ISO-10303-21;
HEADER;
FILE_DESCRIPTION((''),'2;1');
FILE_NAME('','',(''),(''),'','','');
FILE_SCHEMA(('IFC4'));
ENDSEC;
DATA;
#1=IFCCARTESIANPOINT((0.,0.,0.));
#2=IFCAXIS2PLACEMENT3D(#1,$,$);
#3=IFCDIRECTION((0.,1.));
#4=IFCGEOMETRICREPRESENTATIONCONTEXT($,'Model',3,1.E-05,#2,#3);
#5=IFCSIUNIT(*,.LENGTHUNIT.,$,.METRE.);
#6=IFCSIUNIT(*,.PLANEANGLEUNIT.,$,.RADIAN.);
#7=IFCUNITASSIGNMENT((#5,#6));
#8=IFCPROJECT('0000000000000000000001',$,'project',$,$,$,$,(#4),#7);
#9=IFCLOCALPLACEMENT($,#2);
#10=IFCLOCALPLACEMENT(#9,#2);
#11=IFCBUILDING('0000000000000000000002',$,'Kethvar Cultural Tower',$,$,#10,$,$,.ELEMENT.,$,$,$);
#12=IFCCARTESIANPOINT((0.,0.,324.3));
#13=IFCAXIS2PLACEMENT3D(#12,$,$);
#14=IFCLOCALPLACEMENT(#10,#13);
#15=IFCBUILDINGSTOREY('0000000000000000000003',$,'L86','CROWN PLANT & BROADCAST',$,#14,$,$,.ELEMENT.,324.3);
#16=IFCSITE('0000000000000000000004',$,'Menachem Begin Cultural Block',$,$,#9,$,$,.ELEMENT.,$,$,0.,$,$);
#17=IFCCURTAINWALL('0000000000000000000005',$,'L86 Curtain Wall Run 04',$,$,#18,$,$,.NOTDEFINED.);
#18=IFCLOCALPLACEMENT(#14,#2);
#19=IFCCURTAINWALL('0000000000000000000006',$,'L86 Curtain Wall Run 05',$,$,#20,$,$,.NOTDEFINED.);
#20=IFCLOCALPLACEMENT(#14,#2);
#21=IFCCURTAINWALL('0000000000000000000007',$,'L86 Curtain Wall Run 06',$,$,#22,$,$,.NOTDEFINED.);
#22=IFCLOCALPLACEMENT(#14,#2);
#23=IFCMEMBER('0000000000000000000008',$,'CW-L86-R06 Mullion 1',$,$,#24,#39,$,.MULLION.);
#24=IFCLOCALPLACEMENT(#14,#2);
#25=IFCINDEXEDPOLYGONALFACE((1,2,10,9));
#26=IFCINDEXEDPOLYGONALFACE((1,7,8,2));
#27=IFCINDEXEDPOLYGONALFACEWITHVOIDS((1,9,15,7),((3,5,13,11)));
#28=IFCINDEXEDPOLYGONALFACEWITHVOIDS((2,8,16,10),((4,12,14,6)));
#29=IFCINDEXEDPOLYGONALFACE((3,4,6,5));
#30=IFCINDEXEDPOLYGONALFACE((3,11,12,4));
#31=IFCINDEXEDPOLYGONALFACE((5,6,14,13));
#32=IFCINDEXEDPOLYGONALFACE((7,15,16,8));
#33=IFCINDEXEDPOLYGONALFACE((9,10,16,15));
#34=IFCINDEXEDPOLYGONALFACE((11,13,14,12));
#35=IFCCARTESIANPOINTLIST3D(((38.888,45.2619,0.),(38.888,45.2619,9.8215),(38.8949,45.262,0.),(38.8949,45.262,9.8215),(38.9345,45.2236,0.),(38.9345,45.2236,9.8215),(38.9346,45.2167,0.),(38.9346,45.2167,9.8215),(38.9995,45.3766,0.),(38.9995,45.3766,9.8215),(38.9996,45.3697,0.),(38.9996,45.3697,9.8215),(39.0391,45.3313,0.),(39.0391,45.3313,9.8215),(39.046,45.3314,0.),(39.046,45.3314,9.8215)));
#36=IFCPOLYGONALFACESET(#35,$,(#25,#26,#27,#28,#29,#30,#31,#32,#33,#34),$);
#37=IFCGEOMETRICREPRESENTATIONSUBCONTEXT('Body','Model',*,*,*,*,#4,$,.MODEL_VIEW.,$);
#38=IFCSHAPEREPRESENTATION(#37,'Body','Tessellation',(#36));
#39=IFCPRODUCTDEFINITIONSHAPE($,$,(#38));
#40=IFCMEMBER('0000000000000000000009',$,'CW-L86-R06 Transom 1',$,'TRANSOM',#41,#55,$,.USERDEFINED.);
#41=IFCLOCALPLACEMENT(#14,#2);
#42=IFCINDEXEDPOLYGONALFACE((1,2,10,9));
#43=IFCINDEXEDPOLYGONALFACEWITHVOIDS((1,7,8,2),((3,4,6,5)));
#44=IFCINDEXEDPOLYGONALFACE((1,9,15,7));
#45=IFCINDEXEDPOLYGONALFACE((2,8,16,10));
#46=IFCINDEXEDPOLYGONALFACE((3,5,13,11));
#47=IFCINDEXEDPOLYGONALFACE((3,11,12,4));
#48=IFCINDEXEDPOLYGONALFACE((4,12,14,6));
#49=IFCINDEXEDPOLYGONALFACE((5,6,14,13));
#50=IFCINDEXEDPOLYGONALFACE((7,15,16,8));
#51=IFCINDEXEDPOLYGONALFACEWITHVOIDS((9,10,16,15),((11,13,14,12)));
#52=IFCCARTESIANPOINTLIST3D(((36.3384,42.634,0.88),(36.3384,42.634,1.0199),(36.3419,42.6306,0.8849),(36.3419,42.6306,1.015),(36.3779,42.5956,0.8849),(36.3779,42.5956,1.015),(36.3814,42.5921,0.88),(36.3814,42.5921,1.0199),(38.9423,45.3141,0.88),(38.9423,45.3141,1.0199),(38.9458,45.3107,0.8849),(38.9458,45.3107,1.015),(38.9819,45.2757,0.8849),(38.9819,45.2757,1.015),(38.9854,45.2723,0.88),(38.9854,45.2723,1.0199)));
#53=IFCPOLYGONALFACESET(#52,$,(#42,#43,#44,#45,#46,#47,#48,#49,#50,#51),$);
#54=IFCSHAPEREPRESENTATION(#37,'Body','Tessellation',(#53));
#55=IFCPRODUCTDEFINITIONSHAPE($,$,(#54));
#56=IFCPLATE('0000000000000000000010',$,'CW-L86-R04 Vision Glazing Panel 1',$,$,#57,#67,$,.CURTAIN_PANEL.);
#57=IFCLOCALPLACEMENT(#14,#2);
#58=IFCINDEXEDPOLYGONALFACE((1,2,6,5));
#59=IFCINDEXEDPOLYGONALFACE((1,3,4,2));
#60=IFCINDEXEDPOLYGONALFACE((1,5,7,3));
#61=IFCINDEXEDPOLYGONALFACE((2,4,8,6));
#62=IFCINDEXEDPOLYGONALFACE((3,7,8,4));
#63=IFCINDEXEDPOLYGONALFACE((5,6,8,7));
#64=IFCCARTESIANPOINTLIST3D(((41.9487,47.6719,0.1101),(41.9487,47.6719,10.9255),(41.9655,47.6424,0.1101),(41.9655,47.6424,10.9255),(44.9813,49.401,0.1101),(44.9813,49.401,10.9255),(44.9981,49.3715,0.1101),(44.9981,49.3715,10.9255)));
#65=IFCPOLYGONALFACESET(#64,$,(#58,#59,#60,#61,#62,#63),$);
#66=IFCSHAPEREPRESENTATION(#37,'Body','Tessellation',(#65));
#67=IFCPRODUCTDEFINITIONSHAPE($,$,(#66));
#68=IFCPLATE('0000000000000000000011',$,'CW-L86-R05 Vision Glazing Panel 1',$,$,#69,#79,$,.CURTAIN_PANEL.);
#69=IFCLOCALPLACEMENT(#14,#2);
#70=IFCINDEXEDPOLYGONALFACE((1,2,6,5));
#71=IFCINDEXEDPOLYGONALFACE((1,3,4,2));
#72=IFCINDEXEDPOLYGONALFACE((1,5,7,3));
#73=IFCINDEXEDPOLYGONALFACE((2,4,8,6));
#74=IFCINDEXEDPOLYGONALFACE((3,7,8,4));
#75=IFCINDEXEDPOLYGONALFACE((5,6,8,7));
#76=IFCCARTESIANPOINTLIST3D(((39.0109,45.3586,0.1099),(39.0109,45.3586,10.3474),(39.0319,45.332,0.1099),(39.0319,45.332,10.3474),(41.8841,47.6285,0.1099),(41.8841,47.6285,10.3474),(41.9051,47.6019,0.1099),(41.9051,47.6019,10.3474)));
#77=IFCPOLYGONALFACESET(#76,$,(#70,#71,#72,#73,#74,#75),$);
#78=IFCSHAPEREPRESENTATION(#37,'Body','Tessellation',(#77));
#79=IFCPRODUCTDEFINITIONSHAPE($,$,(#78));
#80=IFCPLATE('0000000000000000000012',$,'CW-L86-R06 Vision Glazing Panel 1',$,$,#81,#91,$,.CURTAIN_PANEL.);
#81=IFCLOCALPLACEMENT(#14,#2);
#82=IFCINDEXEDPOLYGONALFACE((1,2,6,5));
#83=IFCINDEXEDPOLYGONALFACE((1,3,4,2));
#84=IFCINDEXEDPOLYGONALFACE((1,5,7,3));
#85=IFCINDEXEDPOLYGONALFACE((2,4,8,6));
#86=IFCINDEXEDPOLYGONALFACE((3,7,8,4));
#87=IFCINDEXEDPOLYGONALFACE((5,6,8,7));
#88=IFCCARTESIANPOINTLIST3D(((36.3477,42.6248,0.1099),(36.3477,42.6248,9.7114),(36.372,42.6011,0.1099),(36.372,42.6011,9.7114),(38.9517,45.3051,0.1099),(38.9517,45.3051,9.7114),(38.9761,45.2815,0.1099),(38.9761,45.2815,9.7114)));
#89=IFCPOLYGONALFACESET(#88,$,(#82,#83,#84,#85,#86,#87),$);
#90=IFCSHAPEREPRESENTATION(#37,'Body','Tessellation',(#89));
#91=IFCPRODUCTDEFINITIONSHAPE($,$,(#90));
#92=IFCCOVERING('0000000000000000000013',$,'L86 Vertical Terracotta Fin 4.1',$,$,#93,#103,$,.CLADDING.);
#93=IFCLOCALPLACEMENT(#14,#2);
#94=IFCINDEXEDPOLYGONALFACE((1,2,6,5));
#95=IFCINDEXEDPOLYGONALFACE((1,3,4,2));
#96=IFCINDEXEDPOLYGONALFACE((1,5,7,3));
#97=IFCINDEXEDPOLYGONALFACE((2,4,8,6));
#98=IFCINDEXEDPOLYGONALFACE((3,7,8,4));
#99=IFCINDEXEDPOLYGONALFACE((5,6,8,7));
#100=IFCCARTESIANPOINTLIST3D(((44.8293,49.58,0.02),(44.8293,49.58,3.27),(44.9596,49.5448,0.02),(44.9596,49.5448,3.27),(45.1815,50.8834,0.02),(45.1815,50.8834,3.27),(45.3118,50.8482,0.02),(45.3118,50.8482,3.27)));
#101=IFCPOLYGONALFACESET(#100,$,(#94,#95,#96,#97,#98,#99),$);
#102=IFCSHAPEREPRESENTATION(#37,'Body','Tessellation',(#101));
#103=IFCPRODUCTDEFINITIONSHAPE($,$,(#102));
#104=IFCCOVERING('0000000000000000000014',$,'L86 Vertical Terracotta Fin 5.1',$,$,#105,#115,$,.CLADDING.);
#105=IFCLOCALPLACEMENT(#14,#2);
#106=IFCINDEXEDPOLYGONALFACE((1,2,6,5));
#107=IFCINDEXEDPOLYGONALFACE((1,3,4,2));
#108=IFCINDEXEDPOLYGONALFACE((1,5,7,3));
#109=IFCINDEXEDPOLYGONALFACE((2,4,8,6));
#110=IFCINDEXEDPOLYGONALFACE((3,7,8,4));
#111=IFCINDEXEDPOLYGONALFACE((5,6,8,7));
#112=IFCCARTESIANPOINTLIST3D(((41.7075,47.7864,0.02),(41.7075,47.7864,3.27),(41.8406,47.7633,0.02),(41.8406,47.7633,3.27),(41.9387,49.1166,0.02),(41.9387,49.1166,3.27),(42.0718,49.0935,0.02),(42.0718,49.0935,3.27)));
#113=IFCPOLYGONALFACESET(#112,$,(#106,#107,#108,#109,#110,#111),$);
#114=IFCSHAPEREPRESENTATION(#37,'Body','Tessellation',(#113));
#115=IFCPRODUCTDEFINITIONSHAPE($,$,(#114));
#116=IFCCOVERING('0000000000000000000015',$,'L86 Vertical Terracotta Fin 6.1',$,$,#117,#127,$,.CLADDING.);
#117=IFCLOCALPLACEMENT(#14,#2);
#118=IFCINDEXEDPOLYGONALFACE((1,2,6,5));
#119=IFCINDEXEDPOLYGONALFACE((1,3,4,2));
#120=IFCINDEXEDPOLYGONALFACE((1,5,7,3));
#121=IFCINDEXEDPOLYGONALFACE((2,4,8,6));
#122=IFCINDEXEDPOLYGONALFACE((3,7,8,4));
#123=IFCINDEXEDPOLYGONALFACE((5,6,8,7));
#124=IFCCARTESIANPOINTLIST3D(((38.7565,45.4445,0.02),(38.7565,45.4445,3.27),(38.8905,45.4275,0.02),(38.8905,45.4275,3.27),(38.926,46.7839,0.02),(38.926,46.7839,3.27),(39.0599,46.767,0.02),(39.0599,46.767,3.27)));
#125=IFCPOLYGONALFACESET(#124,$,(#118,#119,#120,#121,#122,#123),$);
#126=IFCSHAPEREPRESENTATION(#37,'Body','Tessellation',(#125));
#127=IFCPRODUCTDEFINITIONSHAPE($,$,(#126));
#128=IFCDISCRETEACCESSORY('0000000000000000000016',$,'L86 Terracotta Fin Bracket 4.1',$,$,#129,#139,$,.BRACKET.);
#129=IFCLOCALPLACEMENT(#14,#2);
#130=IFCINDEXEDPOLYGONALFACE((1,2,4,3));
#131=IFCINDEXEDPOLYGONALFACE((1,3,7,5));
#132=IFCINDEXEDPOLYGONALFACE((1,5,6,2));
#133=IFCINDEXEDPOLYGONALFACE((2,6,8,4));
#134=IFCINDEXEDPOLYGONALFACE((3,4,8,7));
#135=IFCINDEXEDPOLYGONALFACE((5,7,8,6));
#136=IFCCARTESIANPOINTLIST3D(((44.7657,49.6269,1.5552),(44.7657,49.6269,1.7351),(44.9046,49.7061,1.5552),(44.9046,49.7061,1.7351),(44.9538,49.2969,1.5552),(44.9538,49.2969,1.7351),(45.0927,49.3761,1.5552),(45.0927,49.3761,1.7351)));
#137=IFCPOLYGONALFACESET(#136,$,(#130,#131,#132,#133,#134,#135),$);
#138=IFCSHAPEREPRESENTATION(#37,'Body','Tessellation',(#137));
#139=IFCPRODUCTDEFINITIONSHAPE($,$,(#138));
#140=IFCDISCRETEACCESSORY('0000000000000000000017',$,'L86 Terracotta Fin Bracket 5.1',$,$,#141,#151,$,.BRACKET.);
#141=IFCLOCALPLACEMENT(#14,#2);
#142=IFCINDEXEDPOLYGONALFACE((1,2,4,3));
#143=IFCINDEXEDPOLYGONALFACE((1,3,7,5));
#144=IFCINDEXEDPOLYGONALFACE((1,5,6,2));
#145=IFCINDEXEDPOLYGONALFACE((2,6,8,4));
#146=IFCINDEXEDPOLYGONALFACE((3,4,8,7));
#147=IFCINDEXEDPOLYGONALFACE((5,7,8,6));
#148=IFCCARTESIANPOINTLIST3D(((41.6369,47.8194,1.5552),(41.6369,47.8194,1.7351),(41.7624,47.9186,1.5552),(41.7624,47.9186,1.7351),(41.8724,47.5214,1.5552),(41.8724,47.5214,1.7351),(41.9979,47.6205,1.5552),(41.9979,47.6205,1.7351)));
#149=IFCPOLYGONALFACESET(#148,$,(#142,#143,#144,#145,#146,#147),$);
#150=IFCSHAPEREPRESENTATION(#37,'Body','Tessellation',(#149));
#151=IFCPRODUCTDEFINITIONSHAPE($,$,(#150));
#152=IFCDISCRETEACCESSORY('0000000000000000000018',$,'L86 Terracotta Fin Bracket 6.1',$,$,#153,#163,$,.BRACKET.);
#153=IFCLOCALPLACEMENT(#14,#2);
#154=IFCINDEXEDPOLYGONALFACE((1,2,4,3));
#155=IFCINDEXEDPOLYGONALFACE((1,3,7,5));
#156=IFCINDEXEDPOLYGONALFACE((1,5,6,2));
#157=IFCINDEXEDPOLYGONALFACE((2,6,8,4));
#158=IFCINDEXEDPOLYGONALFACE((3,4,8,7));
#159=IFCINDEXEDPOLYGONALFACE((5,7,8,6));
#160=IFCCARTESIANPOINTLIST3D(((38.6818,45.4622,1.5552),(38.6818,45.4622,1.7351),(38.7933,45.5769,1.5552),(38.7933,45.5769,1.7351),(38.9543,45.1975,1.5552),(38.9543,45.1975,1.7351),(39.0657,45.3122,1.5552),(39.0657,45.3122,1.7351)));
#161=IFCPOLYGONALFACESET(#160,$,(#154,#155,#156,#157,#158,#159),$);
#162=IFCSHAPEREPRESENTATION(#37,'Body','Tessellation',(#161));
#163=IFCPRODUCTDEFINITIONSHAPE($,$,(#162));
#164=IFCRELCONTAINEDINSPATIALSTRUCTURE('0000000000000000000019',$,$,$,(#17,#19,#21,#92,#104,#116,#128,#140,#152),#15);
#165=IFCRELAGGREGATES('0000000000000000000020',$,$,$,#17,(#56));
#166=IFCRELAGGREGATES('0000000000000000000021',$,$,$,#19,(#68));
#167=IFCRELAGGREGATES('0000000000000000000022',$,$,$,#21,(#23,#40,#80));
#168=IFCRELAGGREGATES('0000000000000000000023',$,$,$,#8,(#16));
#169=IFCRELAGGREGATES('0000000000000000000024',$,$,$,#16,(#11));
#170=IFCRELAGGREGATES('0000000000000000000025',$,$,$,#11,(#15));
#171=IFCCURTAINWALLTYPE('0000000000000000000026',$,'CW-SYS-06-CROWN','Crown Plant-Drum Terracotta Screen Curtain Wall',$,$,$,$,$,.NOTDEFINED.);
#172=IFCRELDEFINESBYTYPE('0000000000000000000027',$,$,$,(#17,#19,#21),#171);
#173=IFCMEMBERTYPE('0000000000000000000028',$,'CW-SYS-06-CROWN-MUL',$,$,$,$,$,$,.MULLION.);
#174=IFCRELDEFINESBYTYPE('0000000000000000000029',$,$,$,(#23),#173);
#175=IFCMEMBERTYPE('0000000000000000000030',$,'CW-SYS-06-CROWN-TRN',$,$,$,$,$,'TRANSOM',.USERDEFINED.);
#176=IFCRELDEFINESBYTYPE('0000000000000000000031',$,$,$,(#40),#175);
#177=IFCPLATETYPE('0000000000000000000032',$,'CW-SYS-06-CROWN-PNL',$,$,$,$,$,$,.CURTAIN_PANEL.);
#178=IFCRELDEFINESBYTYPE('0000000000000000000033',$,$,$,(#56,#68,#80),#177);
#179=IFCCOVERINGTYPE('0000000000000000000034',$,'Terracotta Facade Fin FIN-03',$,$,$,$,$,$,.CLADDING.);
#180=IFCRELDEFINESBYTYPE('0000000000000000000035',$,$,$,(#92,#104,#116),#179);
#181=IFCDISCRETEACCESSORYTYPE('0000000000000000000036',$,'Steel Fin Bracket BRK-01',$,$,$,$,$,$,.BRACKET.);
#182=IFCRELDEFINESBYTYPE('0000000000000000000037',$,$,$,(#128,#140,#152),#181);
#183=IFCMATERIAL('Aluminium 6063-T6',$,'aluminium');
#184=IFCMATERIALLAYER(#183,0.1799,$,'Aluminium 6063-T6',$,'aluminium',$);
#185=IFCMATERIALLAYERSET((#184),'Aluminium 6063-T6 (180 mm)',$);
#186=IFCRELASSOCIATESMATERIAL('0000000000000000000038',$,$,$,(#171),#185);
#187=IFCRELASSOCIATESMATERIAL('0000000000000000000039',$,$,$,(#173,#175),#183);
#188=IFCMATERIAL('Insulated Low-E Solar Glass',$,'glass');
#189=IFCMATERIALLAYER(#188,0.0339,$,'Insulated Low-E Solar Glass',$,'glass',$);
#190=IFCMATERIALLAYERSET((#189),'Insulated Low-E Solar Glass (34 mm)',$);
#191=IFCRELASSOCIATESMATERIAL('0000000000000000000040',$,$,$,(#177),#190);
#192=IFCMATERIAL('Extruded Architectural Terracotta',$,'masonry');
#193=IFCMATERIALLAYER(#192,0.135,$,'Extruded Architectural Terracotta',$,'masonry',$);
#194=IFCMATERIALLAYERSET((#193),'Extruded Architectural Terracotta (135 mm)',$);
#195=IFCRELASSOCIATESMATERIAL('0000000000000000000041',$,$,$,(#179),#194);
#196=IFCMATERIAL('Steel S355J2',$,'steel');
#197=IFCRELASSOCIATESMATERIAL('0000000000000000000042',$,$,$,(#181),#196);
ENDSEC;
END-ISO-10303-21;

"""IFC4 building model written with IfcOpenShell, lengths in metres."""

from ifc_helpers import new_model, si_unit, direction, frame, origin, origin_2d, place, context, subcontext, project, spatial, rectangle, hollow_rectangle, extrude, source, transform, mapped, material, layer, layer_set, material_profile, profile_set, type_object, element, aggregate, save


model = new_model("IFC4")

# Units and contexts
model_context = context("Model", 3, precision=1e-05, world=origin(), true_north=direction((0.0, 1.0)))
body_context = subcontext(model_context, "Body", "Model", "MODEL_VIEW")
ifc_project = project(units=[si_unit("LENGTHUNIT", "METRE"), si_unit("PLANEANGLEUNIT", "RADIAN")], contexts=[model_context])

# Site, building, storey
site_placement = place(None, origin())
site = spatial("IfcSite", under=ifc_project, at=site_placement, Name="Menachem Begin Cultural Block", CompositionType="ELEMENT", RefElevation=0.0)
building_placement = place(site_placement, origin())
building = spatial("IfcBuilding", under=site, at=building_placement, Name="Kethvar Cultural Tower", CompositionType="ELEMENT")
storey_placement = place(building_placement, frame((0.0, 0.0, 324.3)))
storey = spatial("IfcBuildingStorey", under=building, at=storey_placement, Name="L86", Description="CROWN PLANT & BROADCAST", CompositionType="ELEMENT", Elevation=324.3)

# Shared definitions
ifc_material_1 = material(Name="Steel S355J2", Category="steel")

# Shared definitions
ifc_material_2 = material(Name="Aluminium 6063-T6", Category="aluminium")
ifc_layer_1 = layer(ifc_material_2, 0.1799, Name="Aluminium 6063-T6", Category="aluminium")
ifc_layer_set_1 = layer_set([ifc_layer_1], Name="Aluminium 6063-T6 (180 mm)")
curtain_wall_type = type_object("IfcCurtainWallType", Name="CW-SYS-06-CROWN", Description="Crown Plant-Drum Terracotta Screen Curtain Wall", PredefinedType="NOTDEFINED", material=ifc_layer_set_1)
ifc_material_profile_1 = material_profile(ifc_material_2, hollow_rectangle(XDim=0.0649, YDim=0.1599, WallThickness=0.0049, at=origin_2d()), Name="Aluminium 6063-T6 — RHS160x65x5")
ifc_profile_set_1 = profile_set([ifc_material_profile_1], Name="Aluminium 6063-T6 — RHS160x65x5")
member_type_1 = type_object("IfcMemberType", Name="CW-SYS-06-CROWN-MUL", PredefinedType="MULLION", material=ifc_profile_set_1)

# Curtain walls, members
curtain_wall_1_placement = place(storey_placement, origin())
curtain_wall_1 = element("IfcCurtainWall", 1, at=curtain_wall_1_placement, inside=storey, type_object=curtain_wall_type, Name="L86 Curtain Wall Run 04", PredefinedType="NOTDEFINED")
ifc_material_profile_2 = material_profile(ifc_material_2, hollow_rectangle(XDim=0.0601, YDim=0.1399, WallThickness=0.0049, at=origin_2d()), Name="Aluminium 6063-T6 — RHS140x60x5")
ifc_profile_set_2 = profile_set([ifc_material_profile_2], Name="Aluminium 6063-T6 — RHS140x60x5")
member_type_2 = type_object("IfcMemberType", Name="CW-SYS-06-CROWN-TRN", ElementType="TRANSOM", PredefinedType="USERDEFINED", material=ifc_profile_set_2)
curtain_wall_2_placement = place(storey_placement, origin())
curtain_wall_2 = element("IfcCurtainWall", 2, at=curtain_wall_2_placement, inside=storey, type_object=curtain_wall_type, Name="L86 Curtain Wall Run 05", PredefinedType="NOTDEFINED")
curtain_wall_3_placement = place(storey_placement, origin())
curtain_wall_3 = element("IfcCurtainWall", 3, at=curtain_wall_3_placement, inside=storey, type_object=curtain_wall_type, Name="L86 Curtain Wall Run 06", PredefinedType="NOTDEFINED")
shared_shape_1 = source(origin(), body_context, "Body", "SweptSolid", [
    extrude(hollow_rectangle(XDim=0.0649, YDim=0.1599, WallThickness=0.0049, at=origin_2d()), origin(), (0.0, 0.0, 1.0), 9.8215),
])
member_1_placement = place(storey_placement, frame((38.967, 45.2966, 0.0), z_axis=(0.0, 0.0, 1.0), x_axis=(0.717239, -0.696827, 0.0)))
member_1 = element("IfcMember", 4, at=member_1_placement, type_object=member_type_1, Name="CW-L86-R06 Mullion 1", PredefinedType="MULLION", context=body_context, shape_type="MappedRepresentation", body=[
    mapped(shared_shape_1, transform((0.0, 0.0, 0.0), scale=1.0)),
])
shared_shape_2 = source(origin(), body_context, "Body", "SweptSolid", [
    extrude(hollow_rectangle(XDim=0.0601, YDim=0.1399, WallThickness=0.0049, at=origin_2d()), origin(), (0.0, 0.0, 1.0), 3.7368),
])
member_2_placement = place(storey_placement, frame((38.9639, 45.2932, 0.95), z_axis=(-0.696841, -0.717225, 0.0), x_axis=(0.717225, -0.696841, 0.0)))
member_2 = element("IfcMember", 5, at=member_2_placement, type_object=member_type_2, Name="CW-L86-R06 Transom 1", ObjectType="TRANSOM", PredefinedType="USERDEFINED", context=body_context, shape_type="MappedRepresentation", body=[
    mapped(shared_shape_2, transform((0.0, 0.0, 0.0), scale=1.0)),
])

# Plates
ifc_material_3 = material(Name="Insulated Low-E Solar Glass", Category="glass")
ifc_layer_2 = layer(ifc_material_3, 0.0339, Name="Insulated Low-E Solar Glass", Category="glass")
ifc_layer_set_2 = layer_set([ifc_layer_2], Name="Insulated Low-E Solar Glass (34 mm)")
plate_type = type_object("IfcPlateType", Name="CW-SYS-06-CROWN-PNL", PredefinedType="CURTAIN_PANEL", material=ifc_layer_set_2)
shared_shape_3 = source(origin(), body_context, "Body", "SweptSolid", [
    extrude(rectangle(XDim=3.491, YDim=0.0339, at=origin_2d()), origin(), (0.0, 0.0, 1.0), 10.8154),
])
plate_1_placement = place(storey_placement, frame((43.4734, 48.5217, 0.1101), z_axis=(0.0, 0.0, 1.0), x_axis=(-0.868718, -0.495307, 0.0)))
plate_1 = element("IfcPlate", 6, at=plate_1_placement, type_object=plate_type, Name="CW-L86-R04 Vision Glazing Panel 1", PredefinedType="CURTAIN_PANEL", context=body_context, shape_type="MappedRepresentation", body=[
    mapped(shared_shape_3, transform((0.0, 0.0, 0.0), scale=1.0)),
])
aggregate(curtain_wall_1, [plate_1])
shared_shape_4 = source(origin(), body_context, "Body", "SweptSolid", [
    extrude(rectangle(XDim=3.6616, YDim=0.0339, at=origin_2d()), origin(), (0.0, 0.0, 1.0), 10.2375),
])
plate_2_placement = place(storey_placement, frame((40.458, 46.4802, 0.1099), z_axis=(0.0, 0.0, 1.0), x_axis=(-0.784668, -0.619916, 0.0)))
plate_2 = element("IfcPlate", 7, at=plate_2_placement, type_object=plate_type, Name="CW-L86-R05 Vision Glazing Panel 1", PredefinedType="CURTAIN_PANEL", context=body_context, shape_type="MappedRepresentation", body=[
    mapped(shared_shape_4, transform((0.0, 0.0, 0.0), scale=1.0)),
])
aggregate(curtain_wall_2, [plate_2])
shared_shape_5 = source(origin(), body_context, "Body", "SweptSolid", [
    extrude(rectangle(XDim=3.7371, YDim=0.0339, at=origin_2d()), origin(), (0.0, 0.0, 1.0), 9.6016),
])
plate_3_placement = place(storey_placement, frame((37.6619, 43.9531, 0.1099), z_axis=(0.0, 0.0, 1.0), x_axis=(-0.696827, -0.717239, 0.0)))
plate_3 = element("IfcPlate", 8, at=plate_3_placement, type_object=plate_type, Name="CW-L86-R06 Vision Glazing Panel 1", PredefinedType="CURTAIN_PANEL", context=body_context, shape_type="MappedRepresentation", body=[
    mapped(shared_shape_5, transform((0.0, 0.0, 0.0), scale=1.0)),
])
aggregate(curtain_wall_3, [member_1, member_2, plate_3])

# Coverings
ifc_material_4 = material(Name="Extruded Architectural Terracotta", Category="masonry")
ifc_layer_3 = layer(ifc_material_4, 0.135, Name="Extruded Architectural Terracotta", Category="masonry")
ifc_layer_set_3 = layer_set([ifc_layer_3], Name="Extruded Architectural Terracotta (135 mm)")
covering_type = type_object("IfcCoveringType", Name="Terracotta Facade Fin FIN-03", PredefinedType="CLADDING", material=ifc_layer_set_3)
shared_shape_6 = source(origin(), body_context, "Body", "SweptSolid", [
    extrude(rectangle(XDim=1.3501, YDim=0.135, at=origin_2d()), origin(), (0.0, 0.0, 1.0), 3.25),
])
for number, where, z_axis, x_axis, name in (
    (9, (45.0706, 50.2141, 0.02), (0.0, 0.0, 1.0), (0.260842, 0.965382, 0.0), "L86 Vertical Terracotta Fin 4.1"),
    (10, (41.8896, 48.4399, 0.02), (0.0, 0.0, 1.0), (0.171241, 0.985229, 0.0), "L86 Vertical Terracotta Fin 5.1"),
    (11, (38.9082, 46.1057, 0.02), (0.0, 0.0, 1.0), (0.125506, 0.992093, 0.0), "L86 Vertical Terracotta Fin 6.1"),
):
    element("IfcCovering", number, at=place(storey_placement, frame(where, z_axis=z_axis, x_axis=x_axis)), inside=storey, type_object=covering_type, Name=name, PredefinedType="CLADDING", context=body_context, shape_type="MappedRepresentation", body=[
        mapped(shared_shape_6, transform((0.0, 0.0, 0.0), scale=1.0)),
    ])

# Discrete accessories
discrete_accessory_type = type_object("IfcDiscreteAccessoryType", Name="Steel Fin Bracket BRK-01", PredefinedType="BRACKET", material=ifc_material_1)
shared_shape_7 = source(origin(), body_context, "Body", "SweptSolid", [
    extrude(rectangle(XDim=0.3799, YDim=0.1599, at=origin_2d()), origin(), (0.0, 0.0, 1.0), 0.1799),
])
for number, where, z_axis, x_axis, name in (
    (12, (44.9292, 49.5015, 1.5552), (0.0, 0.0, 1.0), (-0.495307, 0.868718, 0.0), "L86 Terracotta Fin Bracket 4.1"),
    (13, (41.8174, 47.72, 1.5552), (0.0, 0.0, 1.0), (-0.619916, 0.784668, 0.0), "L86 Terracotta Fin Bracket 5.1"),
    (14, (38.8738, 45.3872, 1.5552), (0.0, 0.0, 1.0), (-0.717276, 0.69679, 0.0), "L86 Terracotta Fin Bracket 6.1"),
):
    element("IfcDiscreteAccessory", number, at=place(storey_placement, frame(where, z_axis=z_axis, x_axis=x_axis)), inside=storey, type_object=discrete_accessory_type, Name=name, PredefinedType="BRACKET", context=body_context, shape_type="MappedRepresentation", body=[
        mapped(shared_shape_7, transform((0.0, 0.0, 0.0), scale=1.0)),
    ])

save(model, "model.ifc")
